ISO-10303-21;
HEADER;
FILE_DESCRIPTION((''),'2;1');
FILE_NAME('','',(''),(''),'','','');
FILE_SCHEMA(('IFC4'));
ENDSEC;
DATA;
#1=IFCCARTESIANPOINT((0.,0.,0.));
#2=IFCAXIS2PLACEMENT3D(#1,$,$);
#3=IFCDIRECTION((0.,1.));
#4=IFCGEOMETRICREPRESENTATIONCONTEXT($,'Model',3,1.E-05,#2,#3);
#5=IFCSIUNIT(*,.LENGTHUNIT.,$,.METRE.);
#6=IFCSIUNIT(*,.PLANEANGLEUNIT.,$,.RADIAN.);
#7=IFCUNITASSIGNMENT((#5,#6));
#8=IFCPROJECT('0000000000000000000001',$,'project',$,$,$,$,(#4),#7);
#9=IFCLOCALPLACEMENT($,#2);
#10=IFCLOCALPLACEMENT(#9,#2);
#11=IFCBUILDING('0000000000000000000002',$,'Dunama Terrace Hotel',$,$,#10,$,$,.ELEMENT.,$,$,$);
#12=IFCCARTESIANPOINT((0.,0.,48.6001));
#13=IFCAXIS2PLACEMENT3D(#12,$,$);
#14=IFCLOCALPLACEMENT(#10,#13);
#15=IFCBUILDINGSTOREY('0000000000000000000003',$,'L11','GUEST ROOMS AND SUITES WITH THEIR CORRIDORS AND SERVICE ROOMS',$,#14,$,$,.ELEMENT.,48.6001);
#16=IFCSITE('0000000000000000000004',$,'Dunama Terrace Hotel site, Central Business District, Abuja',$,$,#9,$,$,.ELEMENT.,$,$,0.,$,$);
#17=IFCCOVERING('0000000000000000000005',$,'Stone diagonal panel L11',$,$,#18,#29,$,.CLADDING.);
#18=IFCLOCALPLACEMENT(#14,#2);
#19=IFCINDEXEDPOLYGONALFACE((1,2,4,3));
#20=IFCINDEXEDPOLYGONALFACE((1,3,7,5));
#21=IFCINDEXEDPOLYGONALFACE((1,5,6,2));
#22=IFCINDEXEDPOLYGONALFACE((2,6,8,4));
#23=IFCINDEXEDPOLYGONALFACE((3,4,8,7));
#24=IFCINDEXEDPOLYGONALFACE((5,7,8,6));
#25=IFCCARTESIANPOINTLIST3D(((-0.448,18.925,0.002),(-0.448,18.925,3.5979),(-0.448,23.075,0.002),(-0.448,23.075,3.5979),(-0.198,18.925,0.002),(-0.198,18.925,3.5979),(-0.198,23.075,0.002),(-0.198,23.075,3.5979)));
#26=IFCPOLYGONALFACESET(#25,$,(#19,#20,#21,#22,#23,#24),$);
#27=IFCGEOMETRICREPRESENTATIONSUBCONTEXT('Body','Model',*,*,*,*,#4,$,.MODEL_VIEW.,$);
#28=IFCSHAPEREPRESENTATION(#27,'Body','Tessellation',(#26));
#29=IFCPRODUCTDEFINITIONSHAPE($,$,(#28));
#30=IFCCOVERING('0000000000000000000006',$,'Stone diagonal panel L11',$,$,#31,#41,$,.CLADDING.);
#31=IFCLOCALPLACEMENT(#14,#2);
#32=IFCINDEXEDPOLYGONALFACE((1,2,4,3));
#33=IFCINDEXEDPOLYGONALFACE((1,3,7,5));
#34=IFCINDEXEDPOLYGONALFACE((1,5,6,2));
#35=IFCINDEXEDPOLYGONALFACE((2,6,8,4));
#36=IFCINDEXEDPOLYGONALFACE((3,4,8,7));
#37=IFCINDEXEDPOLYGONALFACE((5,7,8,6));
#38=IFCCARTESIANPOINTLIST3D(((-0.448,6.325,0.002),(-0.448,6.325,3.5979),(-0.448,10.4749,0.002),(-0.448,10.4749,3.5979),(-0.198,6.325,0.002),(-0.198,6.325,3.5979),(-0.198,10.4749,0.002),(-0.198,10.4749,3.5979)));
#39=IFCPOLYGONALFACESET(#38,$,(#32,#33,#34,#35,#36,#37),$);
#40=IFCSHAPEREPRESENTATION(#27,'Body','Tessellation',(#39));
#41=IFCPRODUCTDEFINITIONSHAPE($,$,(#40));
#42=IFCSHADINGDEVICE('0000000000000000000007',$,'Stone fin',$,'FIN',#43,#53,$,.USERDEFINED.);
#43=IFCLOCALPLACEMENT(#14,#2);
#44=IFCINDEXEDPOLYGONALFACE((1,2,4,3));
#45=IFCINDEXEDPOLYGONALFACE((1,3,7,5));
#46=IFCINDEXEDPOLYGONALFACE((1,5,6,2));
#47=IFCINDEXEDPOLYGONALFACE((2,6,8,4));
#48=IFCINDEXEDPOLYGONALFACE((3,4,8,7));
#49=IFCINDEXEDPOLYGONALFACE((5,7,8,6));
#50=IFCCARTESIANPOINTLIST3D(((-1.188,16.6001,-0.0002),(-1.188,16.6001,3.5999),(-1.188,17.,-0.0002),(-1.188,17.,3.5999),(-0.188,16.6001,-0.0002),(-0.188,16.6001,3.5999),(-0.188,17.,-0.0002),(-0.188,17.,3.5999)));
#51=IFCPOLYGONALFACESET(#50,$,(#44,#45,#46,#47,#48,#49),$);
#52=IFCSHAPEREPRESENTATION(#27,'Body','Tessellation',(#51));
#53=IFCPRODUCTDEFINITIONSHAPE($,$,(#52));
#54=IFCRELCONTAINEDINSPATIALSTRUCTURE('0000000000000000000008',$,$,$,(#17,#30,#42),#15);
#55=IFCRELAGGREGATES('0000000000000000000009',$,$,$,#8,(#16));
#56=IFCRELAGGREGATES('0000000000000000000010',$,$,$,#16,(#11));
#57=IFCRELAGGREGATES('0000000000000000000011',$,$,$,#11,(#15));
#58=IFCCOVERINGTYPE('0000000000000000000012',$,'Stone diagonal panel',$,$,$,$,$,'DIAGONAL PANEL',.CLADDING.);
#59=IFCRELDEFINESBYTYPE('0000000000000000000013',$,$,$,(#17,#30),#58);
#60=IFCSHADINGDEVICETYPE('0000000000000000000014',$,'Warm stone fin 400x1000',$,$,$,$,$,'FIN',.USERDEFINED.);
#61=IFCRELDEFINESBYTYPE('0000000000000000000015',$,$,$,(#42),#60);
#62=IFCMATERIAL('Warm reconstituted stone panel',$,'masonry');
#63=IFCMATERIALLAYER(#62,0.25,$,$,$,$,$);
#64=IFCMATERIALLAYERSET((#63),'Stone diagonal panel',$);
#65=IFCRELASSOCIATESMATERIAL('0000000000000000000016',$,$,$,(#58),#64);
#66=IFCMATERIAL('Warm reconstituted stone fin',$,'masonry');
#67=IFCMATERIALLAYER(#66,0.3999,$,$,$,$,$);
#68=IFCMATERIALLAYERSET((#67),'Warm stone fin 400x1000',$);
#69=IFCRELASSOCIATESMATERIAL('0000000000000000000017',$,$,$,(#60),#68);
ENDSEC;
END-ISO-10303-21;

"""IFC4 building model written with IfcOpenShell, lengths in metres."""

from ifc_helpers import new_model, si_unit, direction, frame, origin, origin_2d, place, context, subcontext, project, spatial, rectangle, extrude, material, layer, layer_set, type_object, element, save


model = new_model("IFC4")

# Units and contexts
model_context = context("Model", 3, precision=1e-05, world=origin(), true_north=direction((0.0, 1.0)))
body_context = subcontext(model_context, "Body", "Model", "MODEL_VIEW")
ifc_project = project(units=[si_unit("LENGTHUNIT", "METRE"), si_unit("PLANEANGLEUNIT", "RADIAN")], contexts=[model_context])

# Site, building, storey
site_placement = place(None, origin())
site = spatial("IfcSite", under=ifc_project, at=site_placement, Name="Dunama Terrace Hotel site, Central Business District, Abuja", CompositionType="ELEMENT", RefElevation=0.0)
building_placement = place(site_placement, origin())
building = spatial("IfcBuilding", under=site, at=building_placement, Name="Dunama Terrace Hotel", CompositionType="ELEMENT")
storey_placement = place(building_placement, frame((0.0, 0.0, 48.6001)))
storey = spatial("IfcBuildingStorey", under=building, at=storey_placement, Name="L11", Description="GUEST ROOMS AND SUITES WITH THEIR CORRIDORS AND SERVICE ROOMS", CompositionType="ELEMENT", Elevation=48.6001)

# Coverings
ifc_material_1 = material(Name="Warm reconstituted stone panel", Category="masonry")
ifc_layer_1 = layer(ifc_material_1, 0.25)
ifc_layer_set_1 = layer_set([ifc_layer_1], Name="Stone diagonal panel")
covering_type = type_object("IfcCoveringType", Name="Stone diagonal panel", ElementType="DIAGONAL PANEL", PredefinedType="CLADDING", material=ifc_layer_set_1)
for number, where, z_axis, x_axis, name in (
    (1, (-0.323, 21.0, 0.002), (0.0, 0.0, 1.0), (0.0, -1.0, 0.0), "Stone diagonal panel L11"),
    (2, (-0.323, 8.3999, 0.002), (0.0, 0.0, 1.0), (0.0, -1.0, 0.0), "Stone diagonal panel L11"),
):
    element("IfcCovering", number, at=place(storey_placement, frame(where, z_axis=z_axis, x_axis=x_axis)), inside=storey, type_object=covering_type, Name=name, PredefinedType="CLADDING", context=body_context, shape_type="SweptSolid", body=[
        extrude(rectangle(XDim=4.1499, YDim=0.25, at=origin_2d()), origin(), (0.0, 0.0, 1.0), 3.5959),
    ])

# Shading device
ifc_material_2 = material(Name="Warm reconstituted stone fin", Category="masonry")
ifc_layer_2 = layer(ifc_material_2, 0.3999)
ifc_layer_set_2 = layer_set([ifc_layer_2], Name="Warm stone fin 400x1000")
shading_device_type = type_object("IfcShadingDeviceType", Name="Warm stone fin 400x1000", ElementType="FIN", PredefinedType="USERDEFINED", material=ifc_layer_set_2)
shading_device_placement = place(storey_placement, frame((-0.688, 16.8, -0.0002), z_axis=(0.0, 0.0, 1.0), x_axis=(0.0, -1.0, 0.0)))
element("IfcShadingDevice", 3, at=shading_device_placement, inside=storey, type_object=shading_device_type, Name="Stone fin", ObjectType="FIN", PredefinedType="USERDEFINED", context=body_context, shape_type="SweptSolid", body=[
    extrude(rectangle(XDim=0.3999, YDim=1.0, at=origin_2d()), origin(), (0.0, 0.0, 1.0), 3.6001),
])

save(model, "model.ifc")
